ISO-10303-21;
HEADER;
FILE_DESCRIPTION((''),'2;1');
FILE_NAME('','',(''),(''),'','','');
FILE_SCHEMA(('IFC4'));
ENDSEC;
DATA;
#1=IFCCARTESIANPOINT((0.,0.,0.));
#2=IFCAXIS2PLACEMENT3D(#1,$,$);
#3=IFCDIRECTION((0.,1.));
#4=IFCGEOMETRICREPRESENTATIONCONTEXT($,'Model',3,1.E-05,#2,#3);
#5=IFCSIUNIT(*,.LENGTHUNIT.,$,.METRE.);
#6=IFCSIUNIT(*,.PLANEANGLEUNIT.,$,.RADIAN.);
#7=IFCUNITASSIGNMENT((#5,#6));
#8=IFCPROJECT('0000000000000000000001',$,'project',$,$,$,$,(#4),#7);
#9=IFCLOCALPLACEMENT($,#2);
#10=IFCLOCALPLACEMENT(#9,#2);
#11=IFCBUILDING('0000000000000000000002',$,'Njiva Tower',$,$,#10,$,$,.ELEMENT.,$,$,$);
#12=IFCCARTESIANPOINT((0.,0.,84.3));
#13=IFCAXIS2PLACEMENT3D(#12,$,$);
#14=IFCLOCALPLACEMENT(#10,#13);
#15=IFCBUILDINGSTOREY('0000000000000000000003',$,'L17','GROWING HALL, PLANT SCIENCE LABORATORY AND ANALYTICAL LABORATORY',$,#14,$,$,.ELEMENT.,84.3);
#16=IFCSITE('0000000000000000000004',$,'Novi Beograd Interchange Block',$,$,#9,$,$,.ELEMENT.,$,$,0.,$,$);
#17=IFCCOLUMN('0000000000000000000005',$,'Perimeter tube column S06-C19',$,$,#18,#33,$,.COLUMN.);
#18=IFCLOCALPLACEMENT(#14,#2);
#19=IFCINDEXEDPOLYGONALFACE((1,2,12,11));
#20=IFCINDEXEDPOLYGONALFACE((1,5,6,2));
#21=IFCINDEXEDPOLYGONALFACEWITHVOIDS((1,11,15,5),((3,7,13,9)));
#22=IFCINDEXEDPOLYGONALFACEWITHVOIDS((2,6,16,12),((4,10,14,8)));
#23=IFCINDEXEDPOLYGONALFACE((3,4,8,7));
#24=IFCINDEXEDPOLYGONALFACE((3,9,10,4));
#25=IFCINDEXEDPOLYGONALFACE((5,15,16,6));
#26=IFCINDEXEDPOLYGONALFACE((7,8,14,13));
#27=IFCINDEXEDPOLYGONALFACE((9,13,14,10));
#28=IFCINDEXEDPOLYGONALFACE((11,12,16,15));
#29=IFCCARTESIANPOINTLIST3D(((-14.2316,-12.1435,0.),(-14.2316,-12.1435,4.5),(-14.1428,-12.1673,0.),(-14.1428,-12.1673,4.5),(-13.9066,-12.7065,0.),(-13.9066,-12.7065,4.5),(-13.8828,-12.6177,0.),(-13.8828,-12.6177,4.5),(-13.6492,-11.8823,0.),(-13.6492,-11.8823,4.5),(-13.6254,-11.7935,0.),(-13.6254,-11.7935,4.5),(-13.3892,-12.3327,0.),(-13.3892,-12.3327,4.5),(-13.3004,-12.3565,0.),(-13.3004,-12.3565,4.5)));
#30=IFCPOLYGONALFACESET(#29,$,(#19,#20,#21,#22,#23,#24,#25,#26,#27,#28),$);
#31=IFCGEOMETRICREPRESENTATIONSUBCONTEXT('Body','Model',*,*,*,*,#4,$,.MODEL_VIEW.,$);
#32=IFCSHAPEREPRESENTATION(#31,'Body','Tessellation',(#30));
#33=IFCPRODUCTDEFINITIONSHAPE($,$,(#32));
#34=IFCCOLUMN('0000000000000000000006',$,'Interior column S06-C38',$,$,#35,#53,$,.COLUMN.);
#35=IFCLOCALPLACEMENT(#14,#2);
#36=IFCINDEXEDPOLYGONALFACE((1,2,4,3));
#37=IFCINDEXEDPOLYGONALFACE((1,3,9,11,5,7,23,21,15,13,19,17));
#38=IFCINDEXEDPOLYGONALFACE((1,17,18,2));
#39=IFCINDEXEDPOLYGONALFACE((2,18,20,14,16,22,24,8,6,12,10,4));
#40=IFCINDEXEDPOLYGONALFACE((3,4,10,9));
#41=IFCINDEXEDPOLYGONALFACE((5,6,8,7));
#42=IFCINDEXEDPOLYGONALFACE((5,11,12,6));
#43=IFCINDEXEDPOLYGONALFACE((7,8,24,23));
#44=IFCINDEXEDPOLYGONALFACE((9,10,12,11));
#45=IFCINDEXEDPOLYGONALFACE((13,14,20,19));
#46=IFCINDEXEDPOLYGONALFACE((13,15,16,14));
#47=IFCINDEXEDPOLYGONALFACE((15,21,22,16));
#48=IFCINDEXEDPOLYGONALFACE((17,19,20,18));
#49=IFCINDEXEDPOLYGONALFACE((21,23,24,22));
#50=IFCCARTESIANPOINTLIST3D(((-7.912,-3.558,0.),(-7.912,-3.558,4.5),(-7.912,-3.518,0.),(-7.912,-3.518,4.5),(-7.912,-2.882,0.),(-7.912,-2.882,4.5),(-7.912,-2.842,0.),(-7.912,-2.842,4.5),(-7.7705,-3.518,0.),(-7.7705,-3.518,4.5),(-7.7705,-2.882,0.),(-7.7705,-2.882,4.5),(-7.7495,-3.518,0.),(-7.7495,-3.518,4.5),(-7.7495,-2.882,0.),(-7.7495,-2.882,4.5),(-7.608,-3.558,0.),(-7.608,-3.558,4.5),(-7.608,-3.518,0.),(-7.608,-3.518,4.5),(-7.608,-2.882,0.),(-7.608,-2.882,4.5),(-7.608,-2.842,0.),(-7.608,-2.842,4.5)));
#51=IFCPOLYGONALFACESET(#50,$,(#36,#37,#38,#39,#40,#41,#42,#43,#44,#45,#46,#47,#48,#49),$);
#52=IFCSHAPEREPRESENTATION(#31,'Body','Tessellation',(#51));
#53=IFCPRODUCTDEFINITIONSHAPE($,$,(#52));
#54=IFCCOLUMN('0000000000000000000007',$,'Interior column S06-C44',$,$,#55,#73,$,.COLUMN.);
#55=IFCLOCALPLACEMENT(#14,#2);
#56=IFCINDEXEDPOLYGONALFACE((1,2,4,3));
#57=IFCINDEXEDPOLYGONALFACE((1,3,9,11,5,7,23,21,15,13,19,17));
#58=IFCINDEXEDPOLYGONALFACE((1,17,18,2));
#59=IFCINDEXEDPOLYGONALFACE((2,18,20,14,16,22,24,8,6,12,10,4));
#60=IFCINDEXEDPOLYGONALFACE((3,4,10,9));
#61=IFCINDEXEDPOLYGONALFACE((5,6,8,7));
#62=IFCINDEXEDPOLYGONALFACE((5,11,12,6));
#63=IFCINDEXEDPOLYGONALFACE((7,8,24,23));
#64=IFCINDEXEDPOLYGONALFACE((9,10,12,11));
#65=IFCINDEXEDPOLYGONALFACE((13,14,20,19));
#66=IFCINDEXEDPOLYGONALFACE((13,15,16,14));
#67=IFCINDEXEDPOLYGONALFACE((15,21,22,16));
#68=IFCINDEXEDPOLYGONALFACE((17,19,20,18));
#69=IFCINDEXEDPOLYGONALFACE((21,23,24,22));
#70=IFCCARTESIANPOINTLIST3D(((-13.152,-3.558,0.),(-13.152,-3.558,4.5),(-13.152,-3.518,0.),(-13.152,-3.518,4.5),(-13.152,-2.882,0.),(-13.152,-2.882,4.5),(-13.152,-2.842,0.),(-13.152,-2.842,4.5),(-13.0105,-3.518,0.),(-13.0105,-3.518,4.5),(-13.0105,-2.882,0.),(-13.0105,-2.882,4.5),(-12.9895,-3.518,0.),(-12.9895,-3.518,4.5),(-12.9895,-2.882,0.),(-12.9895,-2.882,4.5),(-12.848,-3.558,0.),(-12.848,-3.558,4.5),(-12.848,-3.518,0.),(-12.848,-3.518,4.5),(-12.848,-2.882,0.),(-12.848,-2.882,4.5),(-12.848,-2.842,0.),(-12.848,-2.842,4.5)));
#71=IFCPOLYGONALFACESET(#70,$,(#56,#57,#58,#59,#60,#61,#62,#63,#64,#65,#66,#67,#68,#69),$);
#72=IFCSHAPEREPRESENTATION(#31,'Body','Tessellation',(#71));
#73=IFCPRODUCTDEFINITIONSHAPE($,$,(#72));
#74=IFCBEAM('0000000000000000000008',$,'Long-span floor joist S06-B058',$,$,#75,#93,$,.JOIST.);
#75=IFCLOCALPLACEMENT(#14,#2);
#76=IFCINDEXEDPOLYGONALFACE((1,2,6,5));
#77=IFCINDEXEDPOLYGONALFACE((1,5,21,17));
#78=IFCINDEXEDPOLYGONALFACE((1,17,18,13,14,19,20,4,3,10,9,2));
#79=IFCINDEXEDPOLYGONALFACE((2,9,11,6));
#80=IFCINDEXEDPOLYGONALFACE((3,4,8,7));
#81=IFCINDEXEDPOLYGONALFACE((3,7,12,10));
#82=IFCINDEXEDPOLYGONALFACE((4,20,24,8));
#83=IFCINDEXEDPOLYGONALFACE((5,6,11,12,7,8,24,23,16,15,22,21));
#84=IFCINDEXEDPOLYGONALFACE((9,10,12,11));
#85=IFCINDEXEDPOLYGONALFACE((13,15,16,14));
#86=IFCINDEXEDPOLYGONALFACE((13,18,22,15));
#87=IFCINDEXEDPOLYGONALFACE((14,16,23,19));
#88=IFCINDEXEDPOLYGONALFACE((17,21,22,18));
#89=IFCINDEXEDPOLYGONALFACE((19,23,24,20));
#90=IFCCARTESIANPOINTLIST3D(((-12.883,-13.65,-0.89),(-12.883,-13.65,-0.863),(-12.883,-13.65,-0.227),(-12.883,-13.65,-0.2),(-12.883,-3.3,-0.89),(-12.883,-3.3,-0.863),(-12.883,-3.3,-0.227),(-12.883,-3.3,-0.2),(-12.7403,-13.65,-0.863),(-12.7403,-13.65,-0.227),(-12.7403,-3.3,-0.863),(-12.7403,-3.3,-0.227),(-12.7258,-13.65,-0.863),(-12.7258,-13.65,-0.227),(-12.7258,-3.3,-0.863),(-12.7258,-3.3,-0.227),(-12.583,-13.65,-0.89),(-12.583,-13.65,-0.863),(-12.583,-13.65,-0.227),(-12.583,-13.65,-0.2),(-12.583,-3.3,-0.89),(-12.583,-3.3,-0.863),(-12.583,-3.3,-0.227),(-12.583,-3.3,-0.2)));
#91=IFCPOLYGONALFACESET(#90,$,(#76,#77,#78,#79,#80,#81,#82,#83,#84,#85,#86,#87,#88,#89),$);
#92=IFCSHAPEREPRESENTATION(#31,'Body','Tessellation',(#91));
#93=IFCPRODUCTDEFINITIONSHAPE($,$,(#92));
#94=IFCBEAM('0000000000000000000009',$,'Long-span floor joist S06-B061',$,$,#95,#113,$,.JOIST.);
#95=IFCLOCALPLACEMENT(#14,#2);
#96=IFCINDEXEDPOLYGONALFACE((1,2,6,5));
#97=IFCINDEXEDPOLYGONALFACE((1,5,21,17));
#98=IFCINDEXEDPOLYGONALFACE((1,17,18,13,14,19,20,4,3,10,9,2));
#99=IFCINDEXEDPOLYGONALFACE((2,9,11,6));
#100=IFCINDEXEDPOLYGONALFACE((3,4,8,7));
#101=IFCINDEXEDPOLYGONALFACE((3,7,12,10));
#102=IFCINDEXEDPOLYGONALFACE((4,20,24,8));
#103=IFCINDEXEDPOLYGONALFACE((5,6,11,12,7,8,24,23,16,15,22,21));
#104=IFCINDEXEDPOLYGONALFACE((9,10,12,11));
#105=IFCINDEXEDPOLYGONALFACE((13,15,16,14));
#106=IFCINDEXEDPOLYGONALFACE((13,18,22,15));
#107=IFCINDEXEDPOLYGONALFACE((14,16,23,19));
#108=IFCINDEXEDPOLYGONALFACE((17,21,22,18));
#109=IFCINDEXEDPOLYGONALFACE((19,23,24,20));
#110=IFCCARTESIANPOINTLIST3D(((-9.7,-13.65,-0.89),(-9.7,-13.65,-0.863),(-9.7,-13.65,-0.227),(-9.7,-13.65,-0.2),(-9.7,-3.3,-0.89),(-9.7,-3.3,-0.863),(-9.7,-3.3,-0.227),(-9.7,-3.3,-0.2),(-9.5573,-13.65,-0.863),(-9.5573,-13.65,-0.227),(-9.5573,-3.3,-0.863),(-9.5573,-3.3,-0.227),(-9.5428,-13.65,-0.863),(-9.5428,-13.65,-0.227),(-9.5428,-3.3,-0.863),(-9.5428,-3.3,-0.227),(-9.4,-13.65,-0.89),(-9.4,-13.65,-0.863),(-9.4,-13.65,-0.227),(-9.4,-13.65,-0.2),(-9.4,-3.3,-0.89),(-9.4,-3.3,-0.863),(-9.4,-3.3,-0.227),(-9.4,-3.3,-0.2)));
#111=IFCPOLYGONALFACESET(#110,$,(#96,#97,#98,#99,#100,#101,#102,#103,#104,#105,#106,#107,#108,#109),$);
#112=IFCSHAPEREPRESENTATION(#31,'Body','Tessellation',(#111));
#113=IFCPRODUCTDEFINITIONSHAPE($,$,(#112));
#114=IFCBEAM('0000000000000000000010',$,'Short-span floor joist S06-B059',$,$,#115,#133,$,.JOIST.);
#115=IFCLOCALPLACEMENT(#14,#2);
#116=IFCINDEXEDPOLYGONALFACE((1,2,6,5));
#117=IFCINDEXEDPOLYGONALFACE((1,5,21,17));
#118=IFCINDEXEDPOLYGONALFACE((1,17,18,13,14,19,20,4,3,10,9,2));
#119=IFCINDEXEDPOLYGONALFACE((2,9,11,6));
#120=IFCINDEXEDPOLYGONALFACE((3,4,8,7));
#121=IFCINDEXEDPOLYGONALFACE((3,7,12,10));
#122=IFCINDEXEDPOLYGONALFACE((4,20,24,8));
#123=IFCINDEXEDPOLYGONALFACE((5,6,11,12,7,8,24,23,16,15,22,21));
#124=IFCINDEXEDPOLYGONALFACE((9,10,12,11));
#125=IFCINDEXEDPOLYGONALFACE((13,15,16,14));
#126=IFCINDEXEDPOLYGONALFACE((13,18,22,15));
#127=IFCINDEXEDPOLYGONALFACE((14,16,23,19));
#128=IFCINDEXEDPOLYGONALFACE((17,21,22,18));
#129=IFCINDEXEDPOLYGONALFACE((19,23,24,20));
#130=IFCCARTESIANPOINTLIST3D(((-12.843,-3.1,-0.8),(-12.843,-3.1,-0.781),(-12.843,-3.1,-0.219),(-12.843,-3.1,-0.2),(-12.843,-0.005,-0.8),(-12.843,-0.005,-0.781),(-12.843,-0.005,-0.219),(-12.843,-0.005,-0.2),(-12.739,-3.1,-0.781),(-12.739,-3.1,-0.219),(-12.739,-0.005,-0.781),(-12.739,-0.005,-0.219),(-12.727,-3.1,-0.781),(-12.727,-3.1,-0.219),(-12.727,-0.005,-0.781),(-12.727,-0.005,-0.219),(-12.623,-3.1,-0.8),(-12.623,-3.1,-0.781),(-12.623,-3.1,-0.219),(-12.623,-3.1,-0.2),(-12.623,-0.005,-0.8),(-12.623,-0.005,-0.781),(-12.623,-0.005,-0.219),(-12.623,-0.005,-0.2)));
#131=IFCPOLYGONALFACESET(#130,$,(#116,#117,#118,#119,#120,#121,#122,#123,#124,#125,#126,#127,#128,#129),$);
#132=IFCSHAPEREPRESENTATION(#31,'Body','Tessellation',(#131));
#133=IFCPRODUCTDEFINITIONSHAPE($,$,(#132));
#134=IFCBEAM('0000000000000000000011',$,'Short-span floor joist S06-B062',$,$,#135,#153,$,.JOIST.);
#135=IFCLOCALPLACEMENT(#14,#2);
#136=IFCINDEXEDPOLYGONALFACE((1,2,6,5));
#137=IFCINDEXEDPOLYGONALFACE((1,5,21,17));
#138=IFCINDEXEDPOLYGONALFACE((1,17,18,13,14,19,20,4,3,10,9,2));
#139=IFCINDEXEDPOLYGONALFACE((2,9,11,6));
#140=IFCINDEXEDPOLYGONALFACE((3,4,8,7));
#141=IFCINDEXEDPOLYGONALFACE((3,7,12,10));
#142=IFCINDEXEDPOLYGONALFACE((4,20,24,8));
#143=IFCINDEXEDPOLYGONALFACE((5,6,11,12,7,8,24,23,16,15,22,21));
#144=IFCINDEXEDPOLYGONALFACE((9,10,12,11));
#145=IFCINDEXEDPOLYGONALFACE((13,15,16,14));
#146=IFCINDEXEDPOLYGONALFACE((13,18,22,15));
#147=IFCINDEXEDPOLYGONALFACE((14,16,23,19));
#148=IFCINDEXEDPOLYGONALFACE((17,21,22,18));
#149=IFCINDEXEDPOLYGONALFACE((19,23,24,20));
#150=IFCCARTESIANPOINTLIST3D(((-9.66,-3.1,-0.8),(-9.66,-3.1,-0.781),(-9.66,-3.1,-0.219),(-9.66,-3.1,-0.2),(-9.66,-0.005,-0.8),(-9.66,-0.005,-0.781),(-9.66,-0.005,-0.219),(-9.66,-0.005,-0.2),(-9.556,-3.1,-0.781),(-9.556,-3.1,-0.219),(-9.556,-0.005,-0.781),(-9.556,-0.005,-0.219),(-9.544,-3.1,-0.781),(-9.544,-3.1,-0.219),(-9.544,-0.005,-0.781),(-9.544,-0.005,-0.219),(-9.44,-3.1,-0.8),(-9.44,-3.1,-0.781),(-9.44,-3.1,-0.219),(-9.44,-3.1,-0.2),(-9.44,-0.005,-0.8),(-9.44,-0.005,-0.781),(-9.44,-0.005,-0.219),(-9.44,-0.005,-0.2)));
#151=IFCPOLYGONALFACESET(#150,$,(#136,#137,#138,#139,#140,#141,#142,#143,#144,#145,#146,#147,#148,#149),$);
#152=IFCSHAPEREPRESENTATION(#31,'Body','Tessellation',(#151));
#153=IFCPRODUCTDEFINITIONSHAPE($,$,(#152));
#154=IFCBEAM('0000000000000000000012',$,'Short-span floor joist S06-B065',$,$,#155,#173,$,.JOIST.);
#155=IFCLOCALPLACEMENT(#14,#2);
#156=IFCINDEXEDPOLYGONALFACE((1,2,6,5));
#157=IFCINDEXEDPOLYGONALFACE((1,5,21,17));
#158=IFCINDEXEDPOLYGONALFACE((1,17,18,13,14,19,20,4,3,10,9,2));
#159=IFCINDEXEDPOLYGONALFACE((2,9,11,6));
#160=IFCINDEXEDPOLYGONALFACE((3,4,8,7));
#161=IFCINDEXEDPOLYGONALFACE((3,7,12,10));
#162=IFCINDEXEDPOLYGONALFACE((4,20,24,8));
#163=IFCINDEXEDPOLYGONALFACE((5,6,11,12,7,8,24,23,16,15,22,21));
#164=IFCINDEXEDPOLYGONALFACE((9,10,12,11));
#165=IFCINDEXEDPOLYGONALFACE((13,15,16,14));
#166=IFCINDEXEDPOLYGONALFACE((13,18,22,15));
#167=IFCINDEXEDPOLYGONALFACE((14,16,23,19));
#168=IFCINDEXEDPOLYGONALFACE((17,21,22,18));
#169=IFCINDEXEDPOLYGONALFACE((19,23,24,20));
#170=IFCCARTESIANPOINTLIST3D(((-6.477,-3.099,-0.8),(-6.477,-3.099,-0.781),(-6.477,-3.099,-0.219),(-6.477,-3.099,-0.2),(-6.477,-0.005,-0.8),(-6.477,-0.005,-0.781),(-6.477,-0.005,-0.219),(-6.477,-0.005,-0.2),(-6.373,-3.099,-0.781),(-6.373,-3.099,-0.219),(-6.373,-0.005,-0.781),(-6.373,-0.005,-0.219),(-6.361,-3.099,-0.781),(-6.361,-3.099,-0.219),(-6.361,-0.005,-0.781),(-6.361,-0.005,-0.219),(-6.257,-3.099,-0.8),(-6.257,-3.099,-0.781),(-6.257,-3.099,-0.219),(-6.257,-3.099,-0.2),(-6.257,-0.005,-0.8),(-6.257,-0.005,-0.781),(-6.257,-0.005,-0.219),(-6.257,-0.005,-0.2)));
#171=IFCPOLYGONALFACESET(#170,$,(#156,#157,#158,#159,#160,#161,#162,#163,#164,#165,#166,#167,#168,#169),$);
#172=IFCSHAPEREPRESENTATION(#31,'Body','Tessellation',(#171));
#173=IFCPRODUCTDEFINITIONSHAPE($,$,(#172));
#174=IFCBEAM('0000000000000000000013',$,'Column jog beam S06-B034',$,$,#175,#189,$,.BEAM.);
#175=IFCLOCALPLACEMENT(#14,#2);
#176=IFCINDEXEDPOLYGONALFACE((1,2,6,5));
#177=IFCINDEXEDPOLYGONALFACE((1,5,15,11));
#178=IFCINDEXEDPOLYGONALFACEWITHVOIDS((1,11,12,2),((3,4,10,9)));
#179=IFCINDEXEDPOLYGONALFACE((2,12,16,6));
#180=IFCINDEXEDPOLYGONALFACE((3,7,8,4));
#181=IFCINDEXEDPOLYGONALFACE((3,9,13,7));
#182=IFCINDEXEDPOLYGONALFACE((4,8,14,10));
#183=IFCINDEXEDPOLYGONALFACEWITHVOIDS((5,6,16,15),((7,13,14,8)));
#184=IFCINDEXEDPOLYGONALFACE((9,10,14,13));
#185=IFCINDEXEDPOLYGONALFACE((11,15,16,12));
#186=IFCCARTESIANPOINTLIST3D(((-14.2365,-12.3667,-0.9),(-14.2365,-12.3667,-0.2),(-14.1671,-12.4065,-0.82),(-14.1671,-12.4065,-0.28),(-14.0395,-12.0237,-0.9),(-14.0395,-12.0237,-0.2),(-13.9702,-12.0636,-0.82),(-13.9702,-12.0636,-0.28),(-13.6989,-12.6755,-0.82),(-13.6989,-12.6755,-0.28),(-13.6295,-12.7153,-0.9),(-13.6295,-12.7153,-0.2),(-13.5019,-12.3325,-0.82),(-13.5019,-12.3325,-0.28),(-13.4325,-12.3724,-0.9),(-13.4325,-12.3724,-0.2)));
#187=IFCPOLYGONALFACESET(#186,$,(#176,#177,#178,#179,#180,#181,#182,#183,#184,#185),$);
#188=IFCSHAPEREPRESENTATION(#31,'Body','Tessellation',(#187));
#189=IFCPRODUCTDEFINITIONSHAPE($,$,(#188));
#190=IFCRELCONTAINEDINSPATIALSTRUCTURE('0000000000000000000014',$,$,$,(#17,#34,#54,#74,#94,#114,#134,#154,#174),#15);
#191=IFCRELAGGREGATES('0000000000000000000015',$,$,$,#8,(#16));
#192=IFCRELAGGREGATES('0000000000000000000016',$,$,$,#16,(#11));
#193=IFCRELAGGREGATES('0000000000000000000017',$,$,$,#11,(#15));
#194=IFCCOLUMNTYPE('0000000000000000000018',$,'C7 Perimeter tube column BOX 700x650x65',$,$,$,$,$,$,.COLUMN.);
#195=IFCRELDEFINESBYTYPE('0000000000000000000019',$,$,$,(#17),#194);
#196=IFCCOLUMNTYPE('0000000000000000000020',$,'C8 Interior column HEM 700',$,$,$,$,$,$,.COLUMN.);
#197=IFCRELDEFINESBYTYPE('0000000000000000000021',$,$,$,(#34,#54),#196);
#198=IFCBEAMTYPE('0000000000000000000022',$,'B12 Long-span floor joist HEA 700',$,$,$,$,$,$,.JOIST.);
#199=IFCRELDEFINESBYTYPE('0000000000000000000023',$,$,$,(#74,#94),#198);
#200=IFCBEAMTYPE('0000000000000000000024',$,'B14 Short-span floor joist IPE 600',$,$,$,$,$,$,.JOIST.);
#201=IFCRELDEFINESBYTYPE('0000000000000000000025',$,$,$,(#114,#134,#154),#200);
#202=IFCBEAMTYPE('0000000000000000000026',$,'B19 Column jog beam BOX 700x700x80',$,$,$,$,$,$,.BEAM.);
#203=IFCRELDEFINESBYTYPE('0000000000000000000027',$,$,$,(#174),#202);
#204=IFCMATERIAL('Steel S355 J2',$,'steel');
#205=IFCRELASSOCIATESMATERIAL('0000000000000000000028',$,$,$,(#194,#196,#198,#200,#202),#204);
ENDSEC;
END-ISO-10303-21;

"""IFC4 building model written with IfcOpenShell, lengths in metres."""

from ifc_helpers import new_model, si_unit, direction, frame, origin, origin_2d, place, context, subcontext, project, spatial, hollow_rectangle, i_section, extrude, material, material_profile, profile_set, type_object, element, save


model = new_model("IFC4")

# Units and contexts
model_context = context("Model", 3, precision=1e-05, world=origin(), true_north=direction((0.0, 1.0)))
body_context = subcontext(model_context, "Body", "Model", "MODEL_VIEW")
ifc_project = project(units=[si_unit("LENGTHUNIT", "METRE"), si_unit("PLANEANGLEUNIT", "RADIAN")], contexts=[model_context])

# Site, building, storey
site_placement = place(None, origin())
site = spatial("IfcSite", under=ifc_project, at=site_placement, Name="Novi Beograd Interchange Block", CompositionType="ELEMENT", RefElevation=0.0)
building_placement = place(site_placement, origin())
building = spatial("IfcBuilding", under=site, at=building_placement, Name="Njiva Tower", CompositionType="ELEMENT")
storey_placement = place(building_placement, frame((0.0, 0.0, 84.3)))
storey = spatial("IfcBuildingStorey", under=building, at=storey_placement, Name="L17", Description="GROWING HALL, PLANT SCIENCE LABORATORY AND ANALYTICAL LABORATORY", CompositionType="ELEMENT", Elevation=84.3)

# Columns
ifc_material_1 = material(Name="Steel S355 J2", Category="steel")
ifc_material_profile_1 = material_profile(ifc_material_1, hollow_rectangle(XDim=0.65, YDim=0.7, WallThickness=0.065, at=origin_2d()), Name="BOX 700x650x65")
ifc_profile_set_1 = profile_set([ifc_material_profile_1], Name="Steel S355 J2")
column_type_1 = type_object("IfcColumnType", Name="C7 Perimeter tube column BOX 700x650x65", PredefinedType="COLUMN", material=ifc_profile_set_1)
column_placement = place(storey_placement, frame((-13.766, -12.25, 0.0), z_axis=(0.0, 0.0, 1.0), x_axis=(0.5, -0.866025, 0.0)))
element("IfcColumn", 1, at=column_placement, inside=storey, type_object=column_type_1, Name="Perimeter tube column S06-C19", PredefinedType="COLUMN", context=body_context, shape_type="SweptSolid", body=[
    extrude(hollow_rectangle(XDim=0.65, YDim=0.7, WallThickness=0.065, at=origin_2d()), origin(), (0.0, 0.0, 1.0), 4.5),
])
ifc_material_profile_2 = material_profile(ifc_material_1, i_section(OverallWidth=0.304, OverallDepth=0.716, WebThickness=0.021, FlangeThickness=0.04, at=origin_2d()), Name="HEM 700")
ifc_profile_set_2 = profile_set([ifc_material_profile_2], Name="Steel S355 J2")
column_type_2 = type_object("IfcColumnType", Name="C8 Interior column HEM 700", PredefinedType="COLUMN", material=ifc_profile_set_2)
for number, where, z_axis, x_axis, name in (
    (2, (-7.76, -3.2, 0.0), (0.0, 0.0, 1.0), (1.0, 0.0, 0.0), "Interior column S06-C38"),
    (3, (-13.0, -3.2, 0.0), (0.0, 0.0, 1.0), (1.0, 0.0, 0.0), "Interior column S06-C44"),
):
    element("IfcColumn", number, at=place(storey_placement, frame(where, z_axis=z_axis, x_axis=x_axis)), inside=storey, type_object=column_type_2, Name=name, PredefinedType="COLUMN", context=body_context, shape_type="SweptSolid", body=[
        extrude(i_section(OverallWidth=0.304, OverallDepth=0.716, WebThickness=0.021, FlangeThickness=0.04, at=origin_2d()), origin(), (0.0, 0.0, 1.0), 4.5),
    ])

# Beams
ifc_material_profile_3 = material_profile(ifc_material_1, i_section(OverallWidth=0.3, OverallDepth=0.69, WebThickness=0.0145, FlangeThickness=0.027, at=origin_2d()), Name="HEA 700")
ifc_profile_set_3 = profile_set([ifc_material_profile_3], Name="Steel S355 J2")
beam_type_1 = type_object("IfcBeamType", Name="B12 Long-span floor joist HEA 700", PredefinedType="JOIST", material=ifc_profile_set_3)
for number, where, z_axis, x_axis, name in (
    (4, (-12.733, -3.3, -0.545), (0.0, -1.0, 0.0), (1.0, 0.0, 0.0), "Long-span floor joist S06-B058"),
    (5, (-9.55, -3.3, -0.545), (0.0, -1.0, 0.0), (1.0, 0.0, 0.0), "Long-span floor joist S06-B061"),
):
    element("IfcBeam", number, at=place(storey_placement, frame(where, z_axis=z_axis, x_axis=x_axis)), inside=storey, type_object=beam_type_1, Name=name, PredefinedType="JOIST", context=body_context, shape_type="SweptSolid", body=[
        extrude(i_section(OverallWidth=0.3, OverallDepth=0.69, WebThickness=0.0145, FlangeThickness=0.027, at=origin_2d()), origin(), (0.0, 0.0, 1.0), 10.35),
    ])
ifc_material_profile_4 = material_profile(ifc_material_1, i_section(OverallWidth=0.22, OverallDepth=0.6, WebThickness=0.012, FlangeThickness=0.019, at=origin_2d()), Name="IPE 600")
ifc_profile_set_4 = profile_set([ifc_material_profile_4], Name="Steel S355 J2")
beam_type_2 = type_object("IfcBeamType", Name="B14 Short-span floor joist IPE 600", PredefinedType="JOIST", material=ifc_profile_set_4)
for number, where, z_axis, x_axis, name in (
    (6, (-12.733, -0.005, -0.5), (0.0, -1.0, 0.0), (1.0, 0.0, 0.0), "Short-span floor joist S06-B059"),
    (7, (-9.55, -0.005, -0.5), (0.0, -1.0, 0.0), (1.0, 0.0, 0.0), "Short-span floor joist S06-B062"),
):
    element("IfcBeam", number, at=place(storey_placement, frame(where, z_axis=z_axis, x_axis=x_axis)), inside=storey, type_object=beam_type_2, Name=name, PredefinedType="JOIST", context=body_context, shape_type="SweptSolid", body=[
        extrude(i_section(OverallWidth=0.22, OverallDepth=0.6, WebThickness=0.012, FlangeThickness=0.019, at=origin_2d()), origin(), (0.0, 0.0, 1.0), 3.095),
    ])
beam_1_placement = place(storey_placement, frame((-6.367, -0.005, -0.5), z_axis=(0.0, -1.0, 0.0), x_axis=(1.0, 0.0, 0.0)))
element("IfcBeam", 8, at=beam_1_placement, inside=storey, type_object=beam_type_2, Name="Short-span floor joist S06-B065", PredefinedType="JOIST", context=body_context, shape_type="SweptSolid", body=[
    extrude(i_section(OverallWidth=0.22, OverallDepth=0.6, WebThickness=0.012, FlangeThickness=0.019, at=origin_2d()), origin(), (0.0, 0.0, 1.0), 3.094),
])
ifc_material_profile_5 = material_profile(ifc_material_1, hollow_rectangle(XDim=0.7, YDim=0.7, WallThickness=0.08, at=origin_2d()), Name="BOX 700x700x80")
ifc_profile_set_5 = profile_set([ifc_material_profile_5], Name="Steel S355 J2")
beam_type_3 = type_object("IfcBeamType", Name="B19 Column jog beam BOX 700x700x80", PredefinedType="BEAM", material=ifc_profile_set_5)
beam_2_placement = place(storey_placement, frame((-13.933, -12.541, -0.55), z_axis=(0.498044, 0.867152, 0.0), x_axis=(-0.867152, 0.498044, 0.0)))
element("IfcBeam", 9, at=beam_2_placement, inside=storey, type_object=beam_type_3, Name="Column jog beam S06-B034", PredefinedType="BEAM", context=body_context, shape_type="SweptSolid", body=[
    extrude(hollow_rectangle(XDim=0.7, YDim=0.7, WallThickness=0.08, at=origin_2d()), origin(), (0.0, 0.0, 1.0), 0.3955),
])

save(model, "model.ifc")
